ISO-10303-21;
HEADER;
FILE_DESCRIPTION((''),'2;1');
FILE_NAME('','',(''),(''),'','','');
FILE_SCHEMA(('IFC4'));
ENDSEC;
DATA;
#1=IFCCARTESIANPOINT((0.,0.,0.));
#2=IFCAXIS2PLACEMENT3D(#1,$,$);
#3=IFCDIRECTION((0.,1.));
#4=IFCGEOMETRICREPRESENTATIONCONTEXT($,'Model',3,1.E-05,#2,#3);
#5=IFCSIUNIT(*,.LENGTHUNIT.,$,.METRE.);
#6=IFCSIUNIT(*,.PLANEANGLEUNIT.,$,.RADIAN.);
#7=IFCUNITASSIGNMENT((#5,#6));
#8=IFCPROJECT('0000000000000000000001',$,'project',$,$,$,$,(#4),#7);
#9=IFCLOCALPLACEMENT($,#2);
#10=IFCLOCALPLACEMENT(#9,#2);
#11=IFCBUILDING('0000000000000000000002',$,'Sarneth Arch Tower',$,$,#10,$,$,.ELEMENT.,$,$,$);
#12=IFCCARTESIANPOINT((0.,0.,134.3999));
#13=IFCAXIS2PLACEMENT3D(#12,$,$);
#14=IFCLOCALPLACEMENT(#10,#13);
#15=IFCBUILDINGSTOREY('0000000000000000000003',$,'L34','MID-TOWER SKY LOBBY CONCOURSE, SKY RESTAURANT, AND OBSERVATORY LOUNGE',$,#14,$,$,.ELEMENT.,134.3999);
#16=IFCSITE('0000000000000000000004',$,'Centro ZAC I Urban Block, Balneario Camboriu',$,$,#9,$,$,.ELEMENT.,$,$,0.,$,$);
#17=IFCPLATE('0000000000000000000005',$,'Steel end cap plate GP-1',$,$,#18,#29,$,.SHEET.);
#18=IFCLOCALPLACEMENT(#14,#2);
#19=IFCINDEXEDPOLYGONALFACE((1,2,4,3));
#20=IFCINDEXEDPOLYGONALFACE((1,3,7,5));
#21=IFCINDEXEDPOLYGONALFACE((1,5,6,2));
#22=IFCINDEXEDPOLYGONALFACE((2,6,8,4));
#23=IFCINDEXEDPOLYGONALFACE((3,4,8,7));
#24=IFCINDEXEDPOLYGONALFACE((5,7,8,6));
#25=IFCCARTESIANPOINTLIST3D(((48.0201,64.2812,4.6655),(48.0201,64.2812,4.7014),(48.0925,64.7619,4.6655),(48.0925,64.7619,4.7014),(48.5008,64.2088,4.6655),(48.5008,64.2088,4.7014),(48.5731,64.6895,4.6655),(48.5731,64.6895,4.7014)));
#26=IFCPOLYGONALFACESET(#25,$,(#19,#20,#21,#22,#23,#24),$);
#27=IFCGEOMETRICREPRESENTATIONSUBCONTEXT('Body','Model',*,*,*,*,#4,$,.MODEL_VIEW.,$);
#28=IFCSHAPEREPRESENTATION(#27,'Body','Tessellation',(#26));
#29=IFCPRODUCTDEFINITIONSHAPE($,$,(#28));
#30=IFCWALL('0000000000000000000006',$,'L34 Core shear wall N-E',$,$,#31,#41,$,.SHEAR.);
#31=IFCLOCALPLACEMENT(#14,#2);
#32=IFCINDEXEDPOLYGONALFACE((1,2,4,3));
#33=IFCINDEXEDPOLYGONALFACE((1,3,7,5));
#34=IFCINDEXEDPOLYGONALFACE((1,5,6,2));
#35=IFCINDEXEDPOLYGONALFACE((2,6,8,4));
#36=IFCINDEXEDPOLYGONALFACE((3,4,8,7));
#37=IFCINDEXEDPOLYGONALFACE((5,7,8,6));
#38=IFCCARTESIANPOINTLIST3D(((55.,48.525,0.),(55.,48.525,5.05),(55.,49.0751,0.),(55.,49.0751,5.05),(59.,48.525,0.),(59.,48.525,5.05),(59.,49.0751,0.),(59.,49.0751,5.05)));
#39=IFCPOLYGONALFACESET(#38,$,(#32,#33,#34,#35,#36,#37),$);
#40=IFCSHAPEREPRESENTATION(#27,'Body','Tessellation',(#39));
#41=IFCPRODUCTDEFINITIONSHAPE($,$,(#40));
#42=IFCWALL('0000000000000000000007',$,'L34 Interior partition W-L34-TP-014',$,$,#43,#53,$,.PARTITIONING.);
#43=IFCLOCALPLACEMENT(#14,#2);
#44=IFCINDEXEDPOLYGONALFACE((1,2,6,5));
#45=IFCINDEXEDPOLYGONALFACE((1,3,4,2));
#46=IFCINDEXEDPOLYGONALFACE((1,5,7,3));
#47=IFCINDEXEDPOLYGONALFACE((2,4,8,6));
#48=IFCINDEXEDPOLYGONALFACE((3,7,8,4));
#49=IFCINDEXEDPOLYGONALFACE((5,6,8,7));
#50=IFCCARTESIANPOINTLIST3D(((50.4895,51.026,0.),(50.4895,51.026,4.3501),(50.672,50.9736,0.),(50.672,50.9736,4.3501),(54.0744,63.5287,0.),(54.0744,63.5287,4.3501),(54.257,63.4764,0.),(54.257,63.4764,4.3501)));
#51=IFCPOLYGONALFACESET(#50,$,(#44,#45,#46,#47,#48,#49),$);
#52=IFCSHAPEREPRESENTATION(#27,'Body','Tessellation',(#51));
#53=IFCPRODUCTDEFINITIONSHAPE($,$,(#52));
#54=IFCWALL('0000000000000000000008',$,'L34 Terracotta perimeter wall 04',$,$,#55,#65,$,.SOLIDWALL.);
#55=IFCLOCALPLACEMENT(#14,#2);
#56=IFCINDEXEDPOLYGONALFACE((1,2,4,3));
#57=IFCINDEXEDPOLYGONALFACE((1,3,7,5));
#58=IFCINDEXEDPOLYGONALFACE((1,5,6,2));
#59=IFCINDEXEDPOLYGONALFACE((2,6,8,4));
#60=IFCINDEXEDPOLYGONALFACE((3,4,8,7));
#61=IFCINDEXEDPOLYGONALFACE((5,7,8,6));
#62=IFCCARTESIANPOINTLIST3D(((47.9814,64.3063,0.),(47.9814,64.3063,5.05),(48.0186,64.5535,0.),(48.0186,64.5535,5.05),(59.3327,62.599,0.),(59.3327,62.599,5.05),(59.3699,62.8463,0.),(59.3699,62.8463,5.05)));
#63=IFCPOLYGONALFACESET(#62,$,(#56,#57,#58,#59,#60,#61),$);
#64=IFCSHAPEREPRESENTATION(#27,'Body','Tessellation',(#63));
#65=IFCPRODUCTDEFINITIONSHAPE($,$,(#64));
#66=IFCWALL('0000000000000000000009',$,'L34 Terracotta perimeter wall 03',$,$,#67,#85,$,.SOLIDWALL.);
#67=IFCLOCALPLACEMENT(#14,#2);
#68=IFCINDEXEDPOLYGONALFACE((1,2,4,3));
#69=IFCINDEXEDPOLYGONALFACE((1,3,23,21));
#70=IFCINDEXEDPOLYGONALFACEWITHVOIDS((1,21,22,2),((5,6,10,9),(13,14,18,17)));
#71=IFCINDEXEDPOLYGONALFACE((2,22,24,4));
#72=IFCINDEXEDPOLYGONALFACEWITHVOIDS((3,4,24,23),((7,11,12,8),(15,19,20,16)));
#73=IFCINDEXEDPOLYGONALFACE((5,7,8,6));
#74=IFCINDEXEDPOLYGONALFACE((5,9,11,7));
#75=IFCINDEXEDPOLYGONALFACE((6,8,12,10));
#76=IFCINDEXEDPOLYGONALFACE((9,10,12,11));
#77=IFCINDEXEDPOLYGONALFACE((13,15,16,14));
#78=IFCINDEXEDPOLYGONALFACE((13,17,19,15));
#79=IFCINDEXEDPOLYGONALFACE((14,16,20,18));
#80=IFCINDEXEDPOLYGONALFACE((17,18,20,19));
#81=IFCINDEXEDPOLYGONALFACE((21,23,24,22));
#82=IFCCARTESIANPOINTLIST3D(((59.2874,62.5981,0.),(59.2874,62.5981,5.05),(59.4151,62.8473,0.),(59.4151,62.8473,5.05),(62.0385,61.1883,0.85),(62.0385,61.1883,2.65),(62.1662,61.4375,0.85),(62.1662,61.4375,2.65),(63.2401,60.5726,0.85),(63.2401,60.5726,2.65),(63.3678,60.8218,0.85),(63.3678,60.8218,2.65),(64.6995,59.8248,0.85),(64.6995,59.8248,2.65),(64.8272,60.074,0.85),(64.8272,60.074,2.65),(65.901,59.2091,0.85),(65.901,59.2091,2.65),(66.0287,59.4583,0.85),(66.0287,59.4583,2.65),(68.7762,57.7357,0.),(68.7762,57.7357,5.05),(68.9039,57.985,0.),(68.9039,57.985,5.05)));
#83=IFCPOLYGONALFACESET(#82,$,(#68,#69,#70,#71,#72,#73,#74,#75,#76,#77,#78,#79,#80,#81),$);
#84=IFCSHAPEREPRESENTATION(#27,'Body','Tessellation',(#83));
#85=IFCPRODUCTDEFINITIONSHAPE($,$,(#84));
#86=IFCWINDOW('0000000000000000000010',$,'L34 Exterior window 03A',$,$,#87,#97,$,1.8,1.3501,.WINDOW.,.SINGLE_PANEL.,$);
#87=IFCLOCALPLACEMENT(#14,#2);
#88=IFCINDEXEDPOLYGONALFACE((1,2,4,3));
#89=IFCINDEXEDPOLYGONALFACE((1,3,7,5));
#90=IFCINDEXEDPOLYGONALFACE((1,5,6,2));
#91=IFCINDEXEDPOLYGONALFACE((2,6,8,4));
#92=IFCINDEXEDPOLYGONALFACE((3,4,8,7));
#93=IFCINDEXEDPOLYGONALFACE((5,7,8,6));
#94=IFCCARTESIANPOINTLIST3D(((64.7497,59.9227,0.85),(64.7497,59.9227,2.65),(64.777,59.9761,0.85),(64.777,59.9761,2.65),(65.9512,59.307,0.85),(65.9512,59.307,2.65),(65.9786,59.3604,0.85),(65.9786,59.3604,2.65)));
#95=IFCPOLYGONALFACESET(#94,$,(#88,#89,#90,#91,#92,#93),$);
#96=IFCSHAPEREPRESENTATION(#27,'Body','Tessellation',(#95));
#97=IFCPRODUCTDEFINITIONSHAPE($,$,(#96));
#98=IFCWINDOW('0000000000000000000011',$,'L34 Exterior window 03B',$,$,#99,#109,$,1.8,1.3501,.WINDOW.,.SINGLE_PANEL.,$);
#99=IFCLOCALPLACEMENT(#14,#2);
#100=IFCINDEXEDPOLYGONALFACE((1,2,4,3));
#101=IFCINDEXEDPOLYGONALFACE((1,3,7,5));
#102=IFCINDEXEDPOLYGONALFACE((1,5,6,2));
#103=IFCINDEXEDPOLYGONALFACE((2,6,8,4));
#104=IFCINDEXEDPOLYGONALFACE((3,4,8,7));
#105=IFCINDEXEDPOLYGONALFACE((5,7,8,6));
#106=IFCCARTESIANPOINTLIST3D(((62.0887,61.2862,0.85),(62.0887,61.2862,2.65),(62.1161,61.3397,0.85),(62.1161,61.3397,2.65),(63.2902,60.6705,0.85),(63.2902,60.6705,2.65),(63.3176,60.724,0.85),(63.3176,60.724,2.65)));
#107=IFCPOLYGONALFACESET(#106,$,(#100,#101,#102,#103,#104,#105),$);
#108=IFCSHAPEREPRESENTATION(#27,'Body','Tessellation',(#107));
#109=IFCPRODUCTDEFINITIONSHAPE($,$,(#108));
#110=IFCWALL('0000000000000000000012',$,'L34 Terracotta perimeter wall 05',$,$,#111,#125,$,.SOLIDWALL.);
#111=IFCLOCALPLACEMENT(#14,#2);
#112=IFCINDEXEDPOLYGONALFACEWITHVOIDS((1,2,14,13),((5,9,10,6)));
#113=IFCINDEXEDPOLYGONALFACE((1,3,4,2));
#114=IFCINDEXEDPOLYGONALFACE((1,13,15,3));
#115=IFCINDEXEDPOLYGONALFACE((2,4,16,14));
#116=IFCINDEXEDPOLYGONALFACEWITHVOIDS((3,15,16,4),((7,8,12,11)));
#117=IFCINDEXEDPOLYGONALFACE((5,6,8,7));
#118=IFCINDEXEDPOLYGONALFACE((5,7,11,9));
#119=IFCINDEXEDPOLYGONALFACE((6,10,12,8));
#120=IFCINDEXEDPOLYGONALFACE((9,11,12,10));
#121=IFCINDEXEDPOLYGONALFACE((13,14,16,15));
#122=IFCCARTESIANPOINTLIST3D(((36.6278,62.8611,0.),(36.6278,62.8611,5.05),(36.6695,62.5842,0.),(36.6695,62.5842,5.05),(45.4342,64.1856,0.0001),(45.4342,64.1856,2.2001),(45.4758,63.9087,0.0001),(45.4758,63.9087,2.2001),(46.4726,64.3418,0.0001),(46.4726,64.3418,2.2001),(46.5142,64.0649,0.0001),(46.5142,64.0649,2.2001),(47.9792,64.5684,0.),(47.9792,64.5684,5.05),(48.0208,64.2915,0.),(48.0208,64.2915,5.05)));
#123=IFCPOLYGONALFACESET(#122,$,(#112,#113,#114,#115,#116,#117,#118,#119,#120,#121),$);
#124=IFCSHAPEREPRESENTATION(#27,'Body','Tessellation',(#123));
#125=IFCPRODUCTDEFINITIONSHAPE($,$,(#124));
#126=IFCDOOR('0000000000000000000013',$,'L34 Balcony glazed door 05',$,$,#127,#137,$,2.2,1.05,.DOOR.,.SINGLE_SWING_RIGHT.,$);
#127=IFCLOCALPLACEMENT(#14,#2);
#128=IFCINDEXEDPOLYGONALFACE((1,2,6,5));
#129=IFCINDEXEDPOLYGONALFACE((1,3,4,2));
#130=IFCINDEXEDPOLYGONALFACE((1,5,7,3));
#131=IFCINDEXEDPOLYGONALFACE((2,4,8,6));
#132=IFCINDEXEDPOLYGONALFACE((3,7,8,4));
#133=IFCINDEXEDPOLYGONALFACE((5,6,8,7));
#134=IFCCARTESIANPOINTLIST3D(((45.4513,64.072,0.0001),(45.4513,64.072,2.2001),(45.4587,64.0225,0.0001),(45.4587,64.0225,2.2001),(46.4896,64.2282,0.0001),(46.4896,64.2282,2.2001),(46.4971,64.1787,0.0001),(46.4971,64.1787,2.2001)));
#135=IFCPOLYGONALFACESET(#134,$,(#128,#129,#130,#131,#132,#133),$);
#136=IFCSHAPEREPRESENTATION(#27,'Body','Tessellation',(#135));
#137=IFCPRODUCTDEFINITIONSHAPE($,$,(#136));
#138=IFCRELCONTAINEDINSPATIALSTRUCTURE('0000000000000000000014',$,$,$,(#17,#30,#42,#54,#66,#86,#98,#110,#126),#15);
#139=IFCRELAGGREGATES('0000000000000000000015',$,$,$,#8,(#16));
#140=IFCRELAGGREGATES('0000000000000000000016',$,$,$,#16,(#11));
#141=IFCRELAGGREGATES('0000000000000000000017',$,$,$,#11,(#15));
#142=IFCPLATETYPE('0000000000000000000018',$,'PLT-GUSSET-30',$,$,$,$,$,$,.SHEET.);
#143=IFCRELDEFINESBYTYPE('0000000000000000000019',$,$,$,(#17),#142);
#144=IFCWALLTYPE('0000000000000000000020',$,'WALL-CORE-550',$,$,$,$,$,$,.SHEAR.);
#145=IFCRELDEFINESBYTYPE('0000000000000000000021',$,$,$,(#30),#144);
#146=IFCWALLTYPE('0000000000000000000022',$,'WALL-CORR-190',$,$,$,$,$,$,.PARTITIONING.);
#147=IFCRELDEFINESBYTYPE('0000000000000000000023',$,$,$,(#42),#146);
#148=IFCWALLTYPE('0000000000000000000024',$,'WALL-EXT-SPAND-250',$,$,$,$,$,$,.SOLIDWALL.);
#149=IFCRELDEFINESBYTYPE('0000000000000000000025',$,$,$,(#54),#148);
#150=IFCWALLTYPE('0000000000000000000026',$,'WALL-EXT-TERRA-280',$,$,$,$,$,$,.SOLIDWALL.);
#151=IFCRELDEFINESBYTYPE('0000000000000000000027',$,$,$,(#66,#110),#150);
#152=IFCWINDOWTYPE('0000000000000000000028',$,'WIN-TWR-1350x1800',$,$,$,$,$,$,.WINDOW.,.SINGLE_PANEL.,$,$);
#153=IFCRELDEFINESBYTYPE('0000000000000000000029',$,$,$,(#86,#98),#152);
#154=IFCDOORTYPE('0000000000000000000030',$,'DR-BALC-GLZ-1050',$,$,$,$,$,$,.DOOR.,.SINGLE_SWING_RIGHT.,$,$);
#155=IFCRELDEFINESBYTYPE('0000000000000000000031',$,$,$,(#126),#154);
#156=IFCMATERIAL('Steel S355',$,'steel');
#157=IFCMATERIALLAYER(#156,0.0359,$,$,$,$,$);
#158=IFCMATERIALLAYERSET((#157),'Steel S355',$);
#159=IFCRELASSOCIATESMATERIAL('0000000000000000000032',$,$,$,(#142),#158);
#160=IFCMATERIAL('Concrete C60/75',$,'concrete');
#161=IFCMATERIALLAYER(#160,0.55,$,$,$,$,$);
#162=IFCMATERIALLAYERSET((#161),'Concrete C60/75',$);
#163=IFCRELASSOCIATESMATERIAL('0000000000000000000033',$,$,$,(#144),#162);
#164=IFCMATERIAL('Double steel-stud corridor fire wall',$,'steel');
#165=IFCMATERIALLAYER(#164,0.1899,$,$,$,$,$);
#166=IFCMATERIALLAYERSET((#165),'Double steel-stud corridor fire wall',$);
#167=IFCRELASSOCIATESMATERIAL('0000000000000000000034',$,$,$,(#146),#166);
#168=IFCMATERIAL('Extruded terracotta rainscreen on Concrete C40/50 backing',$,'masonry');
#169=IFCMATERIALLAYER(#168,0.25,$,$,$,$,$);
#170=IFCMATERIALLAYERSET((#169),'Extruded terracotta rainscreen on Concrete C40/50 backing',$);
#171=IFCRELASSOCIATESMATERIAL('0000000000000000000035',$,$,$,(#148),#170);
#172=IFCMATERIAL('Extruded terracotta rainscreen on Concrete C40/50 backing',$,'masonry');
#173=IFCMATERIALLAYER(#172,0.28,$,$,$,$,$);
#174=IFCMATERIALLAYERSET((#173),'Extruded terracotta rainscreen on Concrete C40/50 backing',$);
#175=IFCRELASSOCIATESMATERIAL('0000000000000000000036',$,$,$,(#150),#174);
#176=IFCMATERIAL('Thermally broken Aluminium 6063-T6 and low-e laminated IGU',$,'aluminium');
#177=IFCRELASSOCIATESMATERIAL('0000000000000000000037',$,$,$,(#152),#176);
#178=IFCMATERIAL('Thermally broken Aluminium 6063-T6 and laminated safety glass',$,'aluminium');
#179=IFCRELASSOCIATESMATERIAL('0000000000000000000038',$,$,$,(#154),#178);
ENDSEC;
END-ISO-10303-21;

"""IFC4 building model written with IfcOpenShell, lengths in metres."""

from ifc_helpers import new_model, si_unit, direction, frame, frame_2d, origin, origin_2d, place, context, subcontext, project, spatial, rectangle, extrude, material, layer, layer_set, type_object, element, fill, save


model = new_model("IFC4")

# Units and contexts
model_context = context("Model", 3, precision=1e-05, world=origin(), true_north=direction((0.0, 1.0)))
body_context = subcontext(model_context, "Body", "Model", "MODEL_VIEW")
ifc_project = project(units=[si_unit("LENGTHUNIT", "METRE"), si_unit("PLANEANGLEUNIT", "RADIAN")], contexts=[model_context])

# Site, building, storey
site_placement = place(None, origin())
site = spatial("IfcSite", under=ifc_project, at=site_placement, Name="Centro ZAC I Urban Block, Balneario Camboriu", CompositionType="ELEMENT", RefElevation=0.0)
building_placement = place(site_placement, origin())
building = spatial("IfcBuilding", under=site, at=building_placement, Name="Sarneth Arch Tower", CompositionType="ELEMENT")
storey_placement = place(building_placement, frame((0.0, 0.0, 134.3999)))
storey = spatial("IfcBuildingStorey", under=building, at=storey_placement, Name="L34", Description="MID-TOWER SKY LOBBY CONCOURSE, SKY RESTAURANT, AND OBSERVATORY LOUNGE", CompositionType="ELEMENT", Elevation=134.3999)

# Plate
ifc_material_1 = material(Name="Steel S355", Category="steel")
ifc_layer_1 = layer(ifc_material_1, 0.0359)
ifc_layer_set_1 = layer_set([ifc_layer_1], Name="Steel S355")
plate_type = type_object("IfcPlateType", Name="PLT-GUSSET-30", PredefinedType="SHEET", material=ifc_layer_set_1)
for number, where, z_axis, x_axis, name in (
    (1, (48.2966, 64.4854, 4.6655), (0.0, 0.0, 1.0), (-0.988861, 0.148845, 0.0), "Steel end cap plate GP-1"),
):
    element("IfcPlate", number, at=place(storey_placement, frame(where, z_axis=z_axis, x_axis=x_axis)), inside=storey, type_object=plate_type, Name=name, PredefinedType="SHEET", context=body_context, shape_type="SweptSolid", body=[
        extrude(rectangle(XDim=0.4861, YDim=0.4861, at=origin_2d()), origin(), (0.0, 0.0, 1.0), 0.0359),
    ])

# Walls
ifc_material_2 = material(Name="Concrete C60/75", Category="concrete")
ifc_layer_2 = layer(ifc_material_2, 0.55)
ifc_layer_set_2 = layer_set([ifc_layer_2], Name="Concrete C60/75")
wall_type_1 = type_object("IfcWallType", Name="WALL-CORE-550", PredefinedType="SHEAR", material=ifc_layer_set_2)
wall_1_placement = place(storey_placement, frame((55.0, 48.8, 0.0), z_axis=(0.0, 0.0, 1.0), x_axis=(1.0, 0.0, 0.0)))
element("IfcWall", 2, at=wall_1_placement, inside=storey, type_object=wall_type_1, Name="L34 Core shear wall N-E", PredefinedType="SHEAR", context=body_context, shape_type="SweptSolid", body=[
    extrude(rectangle(XDim=4.0, YDim=0.55, at=frame_2d((2.0, 0.0))), origin(), (0.0, 0.0, 1.0), 5.05),
])
ifc_material_3 = material(Name="Double steel-stud corridor fire wall", Category="steel")
ifc_layer_3 = layer(ifc_material_3, 0.1899)
ifc_layer_set_3 = layer_set([ifc_layer_3], Name="Double steel-stud corridor fire wall")
wall_type_2 = type_object("IfcWallType", Name="WALL-CORR-190", PredefinedType="PARTITIONING", material=ifc_layer_set_3)
wall_2_placement = place(storey_placement, frame((54.1658, 63.5027, 0.0), z_axis=(0.0, 0.0, 1.0), x_axis=(-0.275628, -0.961264, 0.0)))
element("IfcWall", 3, at=wall_2_placement, inside=storey, type_object=wall_type_2, Name="L34 Interior partition W-L34-TP-014", PredefinedType="PARTITIONING", context=body_context, shape_type="SweptSolid", body=[
    extrude(rectangle(XDim=13.0066, YDim=0.1899, at=frame_2d((6.5034, 0.0))), origin(), (0.0, 0.0, 1.0), 4.3501),
])
ifc_material_4 = material(Name="Extruded terracotta rainscreen on Concrete C40/50 backing", Category="masonry")
ifc_layer_4 = layer(ifc_material_4, 0.25)
ifc_layer_set_4 = layer_set([ifc_layer_4], Name="Extruded terracotta rainscreen on Concrete C40/50 backing")
wall_type_3 = type_object("IfcWallType", Name="WALL-EXT-SPAND-250", PredefinedType="SOLIDWALL", material=ifc_layer_set_4)
wall_3_placement = place(storey_placement, frame((59.3513, 62.7227, 0.0), z_axis=(0.0, 0.0, 1.0), x_axis=(-0.988878, 0.14873, 0.0)))
element("IfcWall", 4, at=wall_3_placement, inside=storey, type_object=wall_type_3, Name="L34 Terracotta perimeter wall 04", PredefinedType="SOLIDWALL", context=body_context, shape_type="SweptSolid", body=[
    extrude(rectangle(XDim=11.479, YDim=0.25, at=frame_2d((5.7395, 0.0))), origin(), (0.0, 0.0, 1.0), 5.05),
])

# Wall, openings, windows
ifc_material_5 = material(Name="Extruded terracotta rainscreen on Concrete C40/50 backing", Category="masonry")
ifc_layer_5 = layer(ifc_material_5, 0.28)
ifc_layer_set_5 = layer_set([ifc_layer_5], Name="Extruded terracotta rainscreen on Concrete C40/50 backing")
wall_type_4 = type_object("IfcWallType", Name="WALL-EXT-TERRA-280", PredefinedType="SOLIDWALL", material=ifc_layer_set_5)
wall_4_placement = place(storey_placement, frame((68.8401, 57.8604, 0.0), z_axis=(0.0, 0.0, 1.0), x_axis=(-0.88996, 0.45604, 0.0)))
wall_4 = element("IfcWall", 5, at=wall_4_placement, inside=storey, type_object=wall_type_4, Name="L34 Terracotta perimeter wall 03", PredefinedType="SOLIDWALL", context=body_context, shape_type="SweptSolid", body=[
    extrude(rectangle(XDim=10.6621, YDim=0.28, at=frame_2d((5.3311, 0.0))), origin(), (0.0, 0.0, 1.0), 5.05),
])
opening_1_placement = place(wall_4_placement, frame((3.2307, 0.0, 0.8501)))
opening_1 = element("IfcOpeningElement", 6, at=opening_1_placement, cuts=wall_4, PredefinedType="OPENING", context=body_context, shape_type="SweptSolid", body=[
    extrude(rectangle(XDim=1.3501, YDim=1.8, at=frame_2d((0.675, 0.8999))), frame((0.0, 0.1499, 0.0), z_axis=(0.0, -1.0, 0.0), x_axis=(1.0, 0.0, 0.0)), (0.0, 0.0, 1.0), 0.3),
])
opening_2_placement = place(wall_4_placement, frame((6.2207, 0.0, 0.8501)))
opening_2 = element("IfcOpeningElement", 7, at=opening_2_placement, cuts=wall_4, PredefinedType="OPENING", context=body_context, shape_type="SweptSolid", body=[
    extrude(rectangle(XDim=1.3501, YDim=1.8, at=frame_2d((0.675, 0.8999))), frame((0.0, 0.1499, 0.0), z_axis=(0.0, -1.0, 0.0), x_axis=(1.0, 0.0, 0.0)), (0.0, 0.0, 1.0), 0.3),
])
ifc_material_6 = material(Name="Thermally broken Aluminium 6063-T6 and low-e laminated IGU", Category="aluminium")
window_type = type_object("IfcWindowType", Name="WIN-TWR-1350x1800", PartitioningType="SINGLE_PANEL", PredefinedType="WINDOW", material=ifc_material_6)
window_1_placement = place(opening_1_placement, origin())
window_1 = element("IfcWindow", 8, at=window_1_placement, inside=storey, type_object=window_type, Name="L34 Exterior window 03A", OverallHeight=1.8, OverallWidth=1.3501, PartitioningType="SINGLE_PANEL", PredefinedType="WINDOW", context=body_context, shape_type="SweptSolid", body=[
    extrude(rectangle(XDim=1.3501, YDim=1.8, at=frame_2d((0.675, 0.8999))), frame((0.0, 0.03, 0.0), z_axis=(0.0, -1.0, 0.0), x_axis=(1.0, 0.0, 0.0)), (0.0, 0.0, 1.0), 0.0601),
])
fill(opening_1, window_1)
window_2_placement = place(opening_2_placement, origin())
window_2 = element("IfcWindow", 9, at=window_2_placement, inside=storey, type_object=window_type, Name="L34 Exterior window 03B", OverallHeight=1.8, OverallWidth=1.3501, PartitioningType="SINGLE_PANEL", PredefinedType="WINDOW", context=body_context, shape_type="SweptSolid", body=[
    extrude(rectangle(XDim=1.3501, YDim=1.8, at=frame_2d((0.675, 0.8999))), frame((0.0, 0.03, 0.0), z_axis=(0.0, -1.0, 0.0), x_axis=(1.0, 0.0, 0.0)), (0.0, 0.0, 1.0), 0.0601),
])
fill(opening_2, window_2)

# Wall, opening, door
wall_5_placement = place(storey_placement, frame((48.0, 64.4299, 0.0), z_axis=(0.0, 0.0, 1.0), x_axis=(-0.988878, -0.14873, 0.0)))
wall_5 = element("IfcWall", 10, at=wall_5_placement, inside=storey, type_object=wall_type_4, Name="L34 Terracotta perimeter wall 05", PredefinedType="SOLIDWALL", context=body_context, shape_type="SweptSolid", body=[
    extrude(rectangle(XDim=11.479, YDim=0.28, at=frame_2d((5.7395, 0.0))), origin(), (0.0, 0.0, 1.0), 5.05),
])
opening_3_placement = place(wall_5_placement, frame((1.5237, 0.0, 0.0)))
opening_3 = element("IfcOpeningElement", 11, at=opening_3_placement, cuts=wall_5, PredefinedType="OPENING", context=body_context, shape_type="SweptSolid", body=[
    extrude(rectangle(XDim=1.05, YDim=2.2, at=frame_2d((0.5249, 1.1001))), frame((0.0, 0.1499, 0.0), z_axis=(0.0, -1.0, 0.0), x_axis=(1.0, 0.0, 0.0)), (0.0, 0.0, 1.0), 0.3),
])
ifc_material_7 = material(Name="Thermally broken Aluminium 6063-T6 and laminated safety glass", Category="aluminium")
door_type_1 = type_object("IfcDoorType", Name="DR-BALC-GLZ-1050", OperationType="SINGLE_SWING_RIGHT", PredefinedType="DOOR", material=ifc_material_7)
door_1_placement = place(opening_3_placement, origin())
door_1 = element("IfcDoor", 12, at=door_1_placement, inside=storey, type_object=door_type_1, Name="L34 Balcony glazed door 05", OperationType="SINGLE_SWING_RIGHT", OverallHeight=2.2, OverallWidth=1.05, PredefinedType="DOOR", context=body_context, shape_type="SweptSolid", body=[
    extrude(rectangle(XDim=1.05, YDim=2.2, at=frame_2d((0.5249, 1.1001))), frame((0.0, 0.0249, 0.0), z_axis=(0.0, -1.0, 0.0), x_axis=(1.0, 0.0, 0.0)), (0.0, 0.0, 1.0), 0.05),
])
fill(opening_3, door_1)

save(model, "model.ifc")
